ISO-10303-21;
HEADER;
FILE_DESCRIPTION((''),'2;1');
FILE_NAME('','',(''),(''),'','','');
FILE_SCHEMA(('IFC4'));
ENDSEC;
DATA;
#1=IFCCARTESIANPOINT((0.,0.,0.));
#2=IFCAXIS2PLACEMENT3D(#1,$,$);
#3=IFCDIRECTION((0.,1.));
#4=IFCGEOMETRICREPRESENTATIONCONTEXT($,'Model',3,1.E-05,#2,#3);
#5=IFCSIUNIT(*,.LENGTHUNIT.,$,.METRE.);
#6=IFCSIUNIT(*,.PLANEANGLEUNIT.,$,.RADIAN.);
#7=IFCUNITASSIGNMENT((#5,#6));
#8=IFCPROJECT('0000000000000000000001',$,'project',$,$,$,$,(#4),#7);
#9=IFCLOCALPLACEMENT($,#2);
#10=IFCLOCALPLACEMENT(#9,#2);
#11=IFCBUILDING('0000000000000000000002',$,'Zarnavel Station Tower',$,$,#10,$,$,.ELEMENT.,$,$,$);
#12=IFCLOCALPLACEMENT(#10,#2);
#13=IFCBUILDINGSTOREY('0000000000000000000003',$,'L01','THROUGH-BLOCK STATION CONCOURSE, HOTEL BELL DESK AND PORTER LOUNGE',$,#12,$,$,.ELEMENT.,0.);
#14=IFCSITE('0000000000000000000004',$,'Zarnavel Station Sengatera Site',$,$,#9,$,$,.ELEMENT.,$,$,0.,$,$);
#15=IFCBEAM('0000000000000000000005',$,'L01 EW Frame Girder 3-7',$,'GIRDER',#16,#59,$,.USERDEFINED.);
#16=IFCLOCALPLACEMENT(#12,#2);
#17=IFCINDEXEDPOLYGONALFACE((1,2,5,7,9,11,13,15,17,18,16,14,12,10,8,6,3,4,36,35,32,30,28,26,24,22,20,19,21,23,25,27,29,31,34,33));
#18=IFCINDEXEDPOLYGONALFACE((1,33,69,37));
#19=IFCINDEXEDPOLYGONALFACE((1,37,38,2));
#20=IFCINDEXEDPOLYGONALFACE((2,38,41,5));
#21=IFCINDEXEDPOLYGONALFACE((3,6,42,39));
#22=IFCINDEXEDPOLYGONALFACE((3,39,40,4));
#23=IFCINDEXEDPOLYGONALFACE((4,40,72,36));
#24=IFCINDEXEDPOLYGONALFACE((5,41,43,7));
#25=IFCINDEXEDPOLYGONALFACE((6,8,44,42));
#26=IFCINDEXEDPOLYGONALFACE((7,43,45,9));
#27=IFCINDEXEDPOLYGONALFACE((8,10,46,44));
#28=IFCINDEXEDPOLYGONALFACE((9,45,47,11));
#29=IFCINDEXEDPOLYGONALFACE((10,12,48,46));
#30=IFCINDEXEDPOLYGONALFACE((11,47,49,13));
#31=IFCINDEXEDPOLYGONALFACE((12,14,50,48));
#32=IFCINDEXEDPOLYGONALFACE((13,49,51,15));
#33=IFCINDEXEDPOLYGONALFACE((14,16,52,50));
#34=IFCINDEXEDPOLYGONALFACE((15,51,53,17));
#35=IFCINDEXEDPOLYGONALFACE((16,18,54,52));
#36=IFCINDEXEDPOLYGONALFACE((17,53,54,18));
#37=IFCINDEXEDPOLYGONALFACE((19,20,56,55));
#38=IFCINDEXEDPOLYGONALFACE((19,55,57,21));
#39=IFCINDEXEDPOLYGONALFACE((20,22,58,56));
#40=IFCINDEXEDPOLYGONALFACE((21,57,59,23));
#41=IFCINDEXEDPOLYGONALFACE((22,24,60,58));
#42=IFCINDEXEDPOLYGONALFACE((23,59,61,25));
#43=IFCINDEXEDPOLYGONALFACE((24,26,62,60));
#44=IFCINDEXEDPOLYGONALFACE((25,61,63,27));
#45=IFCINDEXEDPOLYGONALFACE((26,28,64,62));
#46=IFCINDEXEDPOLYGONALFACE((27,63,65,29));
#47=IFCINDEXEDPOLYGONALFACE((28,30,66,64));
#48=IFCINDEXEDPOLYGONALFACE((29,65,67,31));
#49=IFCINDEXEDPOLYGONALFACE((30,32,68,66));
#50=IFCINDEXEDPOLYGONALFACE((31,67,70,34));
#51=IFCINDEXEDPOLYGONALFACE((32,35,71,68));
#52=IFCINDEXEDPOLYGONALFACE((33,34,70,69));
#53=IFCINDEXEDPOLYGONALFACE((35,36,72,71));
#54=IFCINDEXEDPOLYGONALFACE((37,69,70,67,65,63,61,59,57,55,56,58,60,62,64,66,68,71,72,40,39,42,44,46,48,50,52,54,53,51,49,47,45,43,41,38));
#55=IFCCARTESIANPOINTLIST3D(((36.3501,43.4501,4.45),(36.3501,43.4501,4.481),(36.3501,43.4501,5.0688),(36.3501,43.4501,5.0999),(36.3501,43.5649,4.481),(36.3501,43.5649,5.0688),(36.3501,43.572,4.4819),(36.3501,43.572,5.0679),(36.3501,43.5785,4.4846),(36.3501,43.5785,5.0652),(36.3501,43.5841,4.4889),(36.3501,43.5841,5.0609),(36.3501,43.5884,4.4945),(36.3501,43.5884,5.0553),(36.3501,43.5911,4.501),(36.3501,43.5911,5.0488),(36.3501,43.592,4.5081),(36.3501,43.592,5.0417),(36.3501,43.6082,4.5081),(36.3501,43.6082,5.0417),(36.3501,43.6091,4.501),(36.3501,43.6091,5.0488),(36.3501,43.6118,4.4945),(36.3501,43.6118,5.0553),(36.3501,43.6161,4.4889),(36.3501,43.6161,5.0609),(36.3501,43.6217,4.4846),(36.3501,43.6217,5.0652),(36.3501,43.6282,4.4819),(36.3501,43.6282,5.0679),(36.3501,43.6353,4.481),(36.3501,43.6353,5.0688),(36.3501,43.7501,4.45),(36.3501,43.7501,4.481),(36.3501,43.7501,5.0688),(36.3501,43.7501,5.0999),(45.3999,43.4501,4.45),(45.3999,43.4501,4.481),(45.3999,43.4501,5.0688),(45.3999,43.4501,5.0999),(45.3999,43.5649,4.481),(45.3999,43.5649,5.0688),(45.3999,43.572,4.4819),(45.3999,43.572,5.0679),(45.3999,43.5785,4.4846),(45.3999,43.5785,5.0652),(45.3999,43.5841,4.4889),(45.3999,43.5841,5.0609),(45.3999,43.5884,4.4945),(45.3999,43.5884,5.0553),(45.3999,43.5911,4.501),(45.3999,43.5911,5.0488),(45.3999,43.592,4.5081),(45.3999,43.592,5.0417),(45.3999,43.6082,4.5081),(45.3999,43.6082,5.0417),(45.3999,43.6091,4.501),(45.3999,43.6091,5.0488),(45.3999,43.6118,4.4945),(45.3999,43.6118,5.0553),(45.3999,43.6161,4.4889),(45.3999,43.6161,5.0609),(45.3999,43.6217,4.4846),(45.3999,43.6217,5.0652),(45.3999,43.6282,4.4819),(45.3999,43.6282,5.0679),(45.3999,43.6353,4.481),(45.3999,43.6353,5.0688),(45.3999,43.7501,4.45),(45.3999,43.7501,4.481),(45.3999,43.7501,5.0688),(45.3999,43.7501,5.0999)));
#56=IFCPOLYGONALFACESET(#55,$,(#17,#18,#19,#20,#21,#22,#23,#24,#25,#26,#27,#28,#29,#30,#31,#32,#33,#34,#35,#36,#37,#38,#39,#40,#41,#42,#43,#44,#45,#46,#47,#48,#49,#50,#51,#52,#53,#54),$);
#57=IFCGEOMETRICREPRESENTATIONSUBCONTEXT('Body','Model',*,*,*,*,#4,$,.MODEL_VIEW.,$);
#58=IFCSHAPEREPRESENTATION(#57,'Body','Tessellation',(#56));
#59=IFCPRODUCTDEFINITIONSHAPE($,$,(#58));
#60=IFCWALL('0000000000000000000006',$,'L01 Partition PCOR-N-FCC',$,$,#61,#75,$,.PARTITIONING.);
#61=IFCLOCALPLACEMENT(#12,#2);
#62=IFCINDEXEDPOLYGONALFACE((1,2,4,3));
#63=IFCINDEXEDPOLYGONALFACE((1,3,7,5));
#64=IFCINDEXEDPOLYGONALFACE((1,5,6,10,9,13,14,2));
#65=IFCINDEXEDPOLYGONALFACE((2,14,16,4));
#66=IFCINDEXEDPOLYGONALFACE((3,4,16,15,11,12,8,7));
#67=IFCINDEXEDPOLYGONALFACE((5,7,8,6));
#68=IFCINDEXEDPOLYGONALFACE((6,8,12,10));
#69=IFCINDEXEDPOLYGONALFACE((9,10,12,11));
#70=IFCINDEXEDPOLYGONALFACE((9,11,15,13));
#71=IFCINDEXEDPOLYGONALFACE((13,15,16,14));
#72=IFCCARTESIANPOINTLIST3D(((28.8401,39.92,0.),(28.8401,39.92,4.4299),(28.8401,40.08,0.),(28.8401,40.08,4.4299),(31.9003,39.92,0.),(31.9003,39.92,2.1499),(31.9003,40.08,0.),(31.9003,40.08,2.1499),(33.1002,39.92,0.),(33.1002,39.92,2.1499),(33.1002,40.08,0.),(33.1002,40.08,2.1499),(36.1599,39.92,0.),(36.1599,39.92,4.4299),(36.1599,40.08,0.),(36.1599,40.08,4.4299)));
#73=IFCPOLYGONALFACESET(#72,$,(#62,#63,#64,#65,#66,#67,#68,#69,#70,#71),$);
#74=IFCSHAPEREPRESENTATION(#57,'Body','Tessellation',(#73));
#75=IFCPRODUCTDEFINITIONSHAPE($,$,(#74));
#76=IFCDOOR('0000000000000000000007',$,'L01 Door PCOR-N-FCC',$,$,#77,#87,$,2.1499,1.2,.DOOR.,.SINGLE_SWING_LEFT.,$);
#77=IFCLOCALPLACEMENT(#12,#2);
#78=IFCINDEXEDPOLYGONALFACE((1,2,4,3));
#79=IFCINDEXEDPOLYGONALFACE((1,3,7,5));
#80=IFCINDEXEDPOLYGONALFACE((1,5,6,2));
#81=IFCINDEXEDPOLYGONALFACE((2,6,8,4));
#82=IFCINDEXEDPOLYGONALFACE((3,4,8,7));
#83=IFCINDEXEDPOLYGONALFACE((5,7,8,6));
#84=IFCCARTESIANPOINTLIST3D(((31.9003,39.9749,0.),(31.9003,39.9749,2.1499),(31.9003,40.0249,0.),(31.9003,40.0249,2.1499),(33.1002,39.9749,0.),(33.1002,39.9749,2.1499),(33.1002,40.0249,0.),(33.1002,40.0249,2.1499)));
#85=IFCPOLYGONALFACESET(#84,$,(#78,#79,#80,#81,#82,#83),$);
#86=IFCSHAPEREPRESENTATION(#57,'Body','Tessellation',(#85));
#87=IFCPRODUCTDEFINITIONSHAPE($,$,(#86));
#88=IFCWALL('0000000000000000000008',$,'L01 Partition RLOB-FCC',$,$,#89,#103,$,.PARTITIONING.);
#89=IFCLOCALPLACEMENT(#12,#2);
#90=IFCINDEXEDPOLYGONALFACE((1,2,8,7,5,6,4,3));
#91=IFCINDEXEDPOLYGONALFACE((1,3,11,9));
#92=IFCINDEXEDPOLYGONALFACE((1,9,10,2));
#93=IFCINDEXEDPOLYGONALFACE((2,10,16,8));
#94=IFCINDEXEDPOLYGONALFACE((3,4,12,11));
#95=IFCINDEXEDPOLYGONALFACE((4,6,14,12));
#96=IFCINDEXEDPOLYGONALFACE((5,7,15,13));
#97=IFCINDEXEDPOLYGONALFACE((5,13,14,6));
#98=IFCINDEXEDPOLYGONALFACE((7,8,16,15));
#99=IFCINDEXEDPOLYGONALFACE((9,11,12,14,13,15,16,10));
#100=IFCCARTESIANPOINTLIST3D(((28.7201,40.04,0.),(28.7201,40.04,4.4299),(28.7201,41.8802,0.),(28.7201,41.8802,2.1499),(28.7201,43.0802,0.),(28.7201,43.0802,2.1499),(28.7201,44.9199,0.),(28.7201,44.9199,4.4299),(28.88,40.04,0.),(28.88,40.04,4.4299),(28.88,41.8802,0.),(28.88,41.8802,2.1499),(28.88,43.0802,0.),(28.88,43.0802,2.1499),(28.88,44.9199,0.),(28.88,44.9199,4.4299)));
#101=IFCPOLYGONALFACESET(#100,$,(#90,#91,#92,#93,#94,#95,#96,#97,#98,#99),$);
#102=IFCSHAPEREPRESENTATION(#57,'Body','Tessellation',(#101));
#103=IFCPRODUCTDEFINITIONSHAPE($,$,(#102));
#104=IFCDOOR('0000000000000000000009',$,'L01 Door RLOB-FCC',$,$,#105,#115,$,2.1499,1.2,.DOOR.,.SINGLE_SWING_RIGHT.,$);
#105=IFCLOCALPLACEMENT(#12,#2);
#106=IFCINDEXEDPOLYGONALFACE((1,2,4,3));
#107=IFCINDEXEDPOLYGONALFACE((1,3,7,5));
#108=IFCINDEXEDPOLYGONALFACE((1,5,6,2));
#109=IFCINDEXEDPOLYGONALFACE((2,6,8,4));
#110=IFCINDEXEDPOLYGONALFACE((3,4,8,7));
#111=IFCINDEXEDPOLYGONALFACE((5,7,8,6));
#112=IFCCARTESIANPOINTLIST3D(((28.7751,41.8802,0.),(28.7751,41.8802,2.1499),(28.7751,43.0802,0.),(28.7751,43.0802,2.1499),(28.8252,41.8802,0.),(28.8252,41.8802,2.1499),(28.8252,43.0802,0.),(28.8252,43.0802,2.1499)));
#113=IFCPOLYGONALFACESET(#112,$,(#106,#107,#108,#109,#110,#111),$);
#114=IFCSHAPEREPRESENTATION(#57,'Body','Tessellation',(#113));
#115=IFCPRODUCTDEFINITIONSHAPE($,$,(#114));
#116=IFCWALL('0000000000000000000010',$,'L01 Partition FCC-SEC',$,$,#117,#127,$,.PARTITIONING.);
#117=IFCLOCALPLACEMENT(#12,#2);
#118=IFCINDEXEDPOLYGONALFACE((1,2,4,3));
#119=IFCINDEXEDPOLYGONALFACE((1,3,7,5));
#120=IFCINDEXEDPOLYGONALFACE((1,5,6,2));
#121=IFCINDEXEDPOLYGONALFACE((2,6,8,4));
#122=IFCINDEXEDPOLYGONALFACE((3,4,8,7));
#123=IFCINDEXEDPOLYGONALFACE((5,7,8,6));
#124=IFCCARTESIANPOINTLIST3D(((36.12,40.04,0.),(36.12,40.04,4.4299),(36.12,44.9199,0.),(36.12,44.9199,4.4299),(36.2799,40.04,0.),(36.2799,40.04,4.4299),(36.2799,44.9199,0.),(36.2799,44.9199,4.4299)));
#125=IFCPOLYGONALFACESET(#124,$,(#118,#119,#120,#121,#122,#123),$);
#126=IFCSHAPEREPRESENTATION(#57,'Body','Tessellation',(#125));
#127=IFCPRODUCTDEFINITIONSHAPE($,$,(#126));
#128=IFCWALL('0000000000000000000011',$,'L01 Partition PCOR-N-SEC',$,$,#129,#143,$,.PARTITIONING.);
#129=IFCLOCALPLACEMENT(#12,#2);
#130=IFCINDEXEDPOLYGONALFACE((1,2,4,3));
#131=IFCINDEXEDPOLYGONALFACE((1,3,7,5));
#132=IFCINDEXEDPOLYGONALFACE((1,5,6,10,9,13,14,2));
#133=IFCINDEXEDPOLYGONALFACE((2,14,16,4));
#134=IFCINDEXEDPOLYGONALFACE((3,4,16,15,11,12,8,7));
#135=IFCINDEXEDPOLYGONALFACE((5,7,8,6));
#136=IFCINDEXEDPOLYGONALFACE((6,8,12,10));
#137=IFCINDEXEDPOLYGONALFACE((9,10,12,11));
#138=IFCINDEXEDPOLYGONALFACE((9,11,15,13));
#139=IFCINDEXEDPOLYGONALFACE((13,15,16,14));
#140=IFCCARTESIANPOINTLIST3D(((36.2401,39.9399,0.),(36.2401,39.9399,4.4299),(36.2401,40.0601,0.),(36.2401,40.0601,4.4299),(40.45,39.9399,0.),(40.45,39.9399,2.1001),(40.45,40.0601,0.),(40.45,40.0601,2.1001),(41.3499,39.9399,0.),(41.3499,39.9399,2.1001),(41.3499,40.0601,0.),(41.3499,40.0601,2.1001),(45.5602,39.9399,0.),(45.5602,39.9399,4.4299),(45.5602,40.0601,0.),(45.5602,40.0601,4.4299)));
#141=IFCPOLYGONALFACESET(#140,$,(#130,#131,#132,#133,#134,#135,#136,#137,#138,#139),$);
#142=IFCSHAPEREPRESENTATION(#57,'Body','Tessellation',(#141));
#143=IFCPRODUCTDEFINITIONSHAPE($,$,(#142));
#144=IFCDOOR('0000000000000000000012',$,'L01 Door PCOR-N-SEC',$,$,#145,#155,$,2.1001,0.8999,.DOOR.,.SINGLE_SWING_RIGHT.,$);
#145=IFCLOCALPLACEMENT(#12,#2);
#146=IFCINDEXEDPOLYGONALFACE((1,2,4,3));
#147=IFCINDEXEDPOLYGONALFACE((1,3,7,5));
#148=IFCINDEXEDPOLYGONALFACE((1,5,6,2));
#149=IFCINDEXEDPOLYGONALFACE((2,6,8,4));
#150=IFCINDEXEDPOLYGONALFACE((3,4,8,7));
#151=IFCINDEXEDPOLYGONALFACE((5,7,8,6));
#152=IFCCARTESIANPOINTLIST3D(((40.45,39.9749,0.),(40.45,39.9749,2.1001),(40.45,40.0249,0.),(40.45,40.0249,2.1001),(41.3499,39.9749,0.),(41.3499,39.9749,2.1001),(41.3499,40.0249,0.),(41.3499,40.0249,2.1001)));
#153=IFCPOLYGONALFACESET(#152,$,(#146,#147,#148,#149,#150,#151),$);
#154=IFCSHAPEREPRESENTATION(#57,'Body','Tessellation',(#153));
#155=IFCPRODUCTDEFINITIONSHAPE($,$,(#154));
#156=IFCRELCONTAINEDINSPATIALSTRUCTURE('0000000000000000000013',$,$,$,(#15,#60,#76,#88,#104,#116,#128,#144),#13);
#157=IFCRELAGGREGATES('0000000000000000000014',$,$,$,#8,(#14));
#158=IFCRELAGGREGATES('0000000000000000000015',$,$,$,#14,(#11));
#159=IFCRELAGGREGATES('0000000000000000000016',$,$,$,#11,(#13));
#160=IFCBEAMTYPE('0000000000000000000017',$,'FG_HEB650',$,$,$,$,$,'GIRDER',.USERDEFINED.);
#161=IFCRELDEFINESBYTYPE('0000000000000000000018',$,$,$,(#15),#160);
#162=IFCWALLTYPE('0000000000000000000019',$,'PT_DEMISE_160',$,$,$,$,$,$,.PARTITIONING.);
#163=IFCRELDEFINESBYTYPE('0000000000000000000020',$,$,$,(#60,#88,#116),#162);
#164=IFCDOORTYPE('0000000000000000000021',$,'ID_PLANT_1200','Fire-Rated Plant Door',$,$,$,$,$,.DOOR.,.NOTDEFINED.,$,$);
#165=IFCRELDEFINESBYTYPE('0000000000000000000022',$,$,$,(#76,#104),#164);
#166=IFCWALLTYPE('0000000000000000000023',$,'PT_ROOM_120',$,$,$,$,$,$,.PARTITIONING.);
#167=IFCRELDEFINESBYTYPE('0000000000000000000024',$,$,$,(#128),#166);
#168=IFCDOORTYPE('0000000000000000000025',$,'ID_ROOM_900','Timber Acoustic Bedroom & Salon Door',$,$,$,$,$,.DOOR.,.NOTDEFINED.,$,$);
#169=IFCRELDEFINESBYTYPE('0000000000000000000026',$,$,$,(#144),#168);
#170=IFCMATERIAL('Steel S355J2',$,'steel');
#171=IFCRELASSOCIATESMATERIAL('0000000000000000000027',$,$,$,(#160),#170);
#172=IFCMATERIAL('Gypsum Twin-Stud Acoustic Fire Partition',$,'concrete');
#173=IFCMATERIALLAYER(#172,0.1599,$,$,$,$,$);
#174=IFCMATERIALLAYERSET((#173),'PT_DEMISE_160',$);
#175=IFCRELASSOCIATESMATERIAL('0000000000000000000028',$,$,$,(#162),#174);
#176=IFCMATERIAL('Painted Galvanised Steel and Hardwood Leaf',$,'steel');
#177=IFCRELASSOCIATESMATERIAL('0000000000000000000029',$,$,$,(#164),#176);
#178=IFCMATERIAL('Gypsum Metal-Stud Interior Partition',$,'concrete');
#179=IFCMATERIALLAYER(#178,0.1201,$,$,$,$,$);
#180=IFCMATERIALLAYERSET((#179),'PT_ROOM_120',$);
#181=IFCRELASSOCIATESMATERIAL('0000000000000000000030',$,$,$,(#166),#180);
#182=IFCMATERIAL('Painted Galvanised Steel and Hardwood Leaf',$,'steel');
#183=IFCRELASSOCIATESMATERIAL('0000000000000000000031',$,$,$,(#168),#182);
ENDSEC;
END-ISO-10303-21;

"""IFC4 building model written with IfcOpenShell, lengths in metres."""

from ifc_helpers import new_model, si_unit, direction, frame, frame_2d, origin, origin_2d, place, context, subcontext, project, spatial, rectangle, i_section, extrude, material, layer, layer_set, material_profile, profile_set, type_object, element, fill, save


model = new_model("IFC4")

# Units and contexts
model_context = context("Model", 3, precision=1e-05, world=origin(), true_north=direction((0.0, 1.0)))
body_context = subcontext(model_context, "Body", "Model", "MODEL_VIEW")
ifc_project = project(units=[si_unit("LENGTHUNIT", "METRE"), si_unit("PLANEANGLEUNIT", "RADIAN")], contexts=[model_context])

# Site, building, storey
site_placement = place(None, origin())
site = spatial("IfcSite", under=ifc_project, at=site_placement, Name="Zarnavel Station Sengatera Site", CompositionType="ELEMENT", RefElevation=0.0)
building_placement = place(site_placement, origin())
building = spatial("IfcBuilding", under=site, at=building_placement, Name="Zarnavel Station Tower", CompositionType="ELEMENT")
storey_placement = place(building_placement, origin())
storey = spatial("IfcBuildingStorey", under=building, at=storey_placement, Name="L01", Description="THROUGH-BLOCK STATION CONCOURSE, HOTEL BELL DESK AND PORTER LOUNGE", CompositionType="ELEMENT", Elevation=0.0)

# Beam
ifc_material_1 = material(Name="Steel S355J2", Category="steel")
ifc_material_profile_1 = material_profile(ifc_material_1, i_section(OverallWidth=0.3, OverallDepth=0.6499, WebThickness=0.0161, FlangeThickness=0.031, FilletRadius=0.0271, at=origin_2d()), Name="HEB650")
ifc_profile_set_1 = profile_set([ifc_material_profile_1], Name="Steel S355J2")
beam_type_1 = type_object("IfcBeamType", Name="FG_HEB650", ElementType="GIRDER", PredefinedType="USERDEFINED", material=ifc_profile_set_1)
beam_1_placement = place(storey_placement, frame((36.3501, 43.6001, 4.7749), z_axis=(1.0, 0.0, 0.0), x_axis=(0.0, 1.0, 0.0)))
element("IfcBeam", 1, at=beam_1_placement, inside=storey, type_object=beam_type_1, Name="L01 EW Frame Girder 3-7", ObjectType="GIRDER", PredefinedType="USERDEFINED", context=body_context, shape_type="SweptSolid", body=[
    extrude(i_section(OverallWidth=0.3, OverallDepth=0.6499, WebThickness=0.0161, FlangeThickness=0.031, FilletRadius=0.0271, at=origin_2d()), origin(), (0.0, 0.0, 1.0), 9.0498),
])

# Walls, openings, doors
ifc_material_2 = material(Name="Gypsum Twin-Stud Acoustic Fire Partition", Category="concrete")
ifc_layer_1 = layer(ifc_material_2, 0.1599)
ifc_layer_set_1 = layer_set([ifc_layer_1], Name="PT_DEMISE_160")
wall_type_1 = type_object("IfcWallType", Name="PT_DEMISE_160", PredefinedType="PARTITIONING", material=ifc_layer_set_1)
wall_1_placement = place(storey_placement, frame((28.8401, 40.0, 0.0), z_axis=(0.0, 0.0, 1.0), x_axis=(1.0, 0.0, 0.0)))
wall_1 = element("IfcWall", 2, at=wall_1_placement, inside=storey, type_object=wall_type_1, Name="L01 Partition PCOR-N-FCC", PredefinedType="PARTITIONING", context=body_context, shape_type="SweptSolid", body=[
    extrude(rectangle(XDim=7.3198, YDim=0.1599, at=frame_2d((3.6599, 0.0))), origin(), (0.0, 0.0, 1.0), 4.4299),
])
opening_1_placement = place(wall_1_placement, frame((3.0601, 0.0, 0.0)))
opening_1 = element("IfcOpeningElement", 3, at=opening_1_placement, cuts=wall_1, PredefinedType="OPENING", context=body_context, shape_type="SweptSolid", body=[
    extrude(rectangle(XDim=1.2, YDim=2.1499, at=frame_2d((0.6001, 1.075))), frame((0.0, 0.0898, 0.0), z_axis=(0.0, -1.0, 0.0), x_axis=(1.0, 0.0, 0.0)), (0.0, 0.0, 1.0), 0.1799),
])
ifc_material_3 = material(Name="Painted Galvanised Steel and Hardwood Leaf", Category="steel")
door_type_1 = type_object("IfcDoorType", Name="ID_PLANT_1200", Description="Fire-Rated Plant Door", OperationType="NOTDEFINED", PredefinedType="DOOR", material=ifc_material_3)
door_1_placement = place(opening_1_placement, origin())
door_1 = element("IfcDoor", 4, at=door_1_placement, inside=storey, type_object=door_type_1, Name="L01 Door PCOR-N-FCC", OperationType="SINGLE_SWING_LEFT", OverallHeight=2.1499, OverallWidth=1.2, PredefinedType="DOOR", context=body_context, shape_type="SweptSolid", body=[
    extrude(rectangle(XDim=1.2, YDim=2.1499, at=frame_2d((0.6001, 1.075))), frame((0.0, 0.0249, 0.0), z_axis=(0.0, -1.0, 0.0), x_axis=(1.0, 0.0, 0.0)), (0.0, 0.0, 1.0), 0.05),
])
fill(opening_1, door_1)
wall_2_placement = place(storey_placement, frame((28.8, 40.04, 0.0), z_axis=(0.0, 0.0, 1.0), x_axis=(0.0, 1.0, 0.0)))
wall_2 = element("IfcWall", 5, at=wall_2_placement, inside=storey, type_object=wall_type_1, Name="L01 Partition RLOB-FCC", PredefinedType="PARTITIONING", context=body_context, shape_type="SweptSolid", body=[
    extrude(rectangle(XDim=4.8799, YDim=0.1599, at=frame_2d((2.4399, 0.0))), origin(), (0.0, 0.0, 1.0), 4.4299),
])
opening_2_placement = place(wall_2_placement, frame((1.8401, 0.0, 0.0)))
opening_2 = element("IfcOpeningElement", 6, at=opening_2_placement, cuts=wall_2, PredefinedType="OPENING", context=body_context, shape_type="SweptSolid", body=[
    extrude(rectangle(XDim=1.2, YDim=2.1499, at=frame_2d((0.6001, 1.075))), frame((0.0, 0.0898, 0.0), z_axis=(0.0, -1.0, 0.0), x_axis=(1.0, 0.0, 0.0)), (0.0, 0.0, 1.0), 0.1799),
])
door_2_placement = place(opening_2_placement, origin())
door_2 = element("IfcDoor", 7, at=door_2_placement, inside=storey, type_object=door_type_1, Name="L01 Door RLOB-FCC", OperationType="SINGLE_SWING_RIGHT", OverallHeight=2.1499, OverallWidth=1.2, PredefinedType="DOOR", context=body_context, shape_type="SweptSolid", body=[
    extrude(rectangle(XDim=1.2, YDim=2.1499, at=frame_2d((0.6001, 1.075))), frame((0.0, 0.0249, 0.0), z_axis=(0.0, -1.0, 0.0), x_axis=(1.0, 0.0, 0.0)), (0.0, 0.0, 1.0), 0.05),
])
fill(opening_2, door_2)

# Wall
wall_3_placement = place(storey_placement, frame((36.2, 40.04, 0.0), z_axis=(0.0, 0.0, 1.0), x_axis=(0.0, 1.0, 0.0)))
element("IfcWall", 8, at=wall_3_placement, inside=storey, type_object=wall_type_1, Name="L01 Partition FCC-SEC", PredefinedType="PARTITIONING", context=body_context, shape_type="SweptSolid", body=[
    extrude(rectangle(XDim=4.8799, YDim=0.1599, at=frame_2d((2.4399, 0.0))), origin(), (0.0, 0.0, 1.0), 4.4299),
])

# Wall, opening, door
ifc_material_4 = material(Name="Gypsum Metal-Stud Interior Partition", Category="concrete")
ifc_layer_2 = layer(ifc_material_4, 0.1201)
ifc_layer_set_2 = layer_set([ifc_layer_2], Name="PT_ROOM_120")
wall_type_2 = type_object("IfcWallType", Name="PT_ROOM_120", PredefinedType="PARTITIONING", material=ifc_layer_set_2)
wall_4_placement = place(storey_placement, frame((36.24, 40.0, 0.0), z_axis=(0.0, 0.0, 1.0), x_axis=(1.0, 0.0, 0.0)))
wall_4 = element("IfcWall", 9, at=wall_4_placement, inside=storey, type_object=wall_type_2, Name="L01 Partition PCOR-N-SEC", PredefinedType="PARTITIONING", context=body_context, shape_type="SweptSolid", body=[
    extrude(rectangle(XDim=9.3201, YDim=0.1201, at=frame_2d((4.6602, 0.0))), origin(), (0.0, 0.0, 1.0), 4.4299),
])
opening_3_placement = place(wall_4_placement, frame((4.21, 0.0, 0.0)))
opening_3 = element("IfcOpeningElement", 10, at=opening_3_placement, cuts=wall_4, PredefinedType="OPENING", context=body_context, shape_type="SweptSolid", body=[
    extrude(rectangle(XDim=0.8999, YDim=2.1001, at=frame_2d((0.45, 1.05))), frame((0.0, 0.0701, 0.0), z_axis=(0.0, -1.0, 0.0), x_axis=(1.0, 0.0, 0.0)), (0.0, 0.0, 1.0), 0.1401),
])
ifc_material_5 = material(Name="Painted Galvanised Steel and Hardwood Leaf", Category="steel")
door_type_2 = type_object("IfcDoorType", Name="ID_ROOM_900", Description="Timber Acoustic Bedroom & Salon Door", OperationType="NOTDEFINED", PredefinedType="DOOR", material=ifc_material_5)
door_3_placement = place(opening_3_placement, origin())
door_3 = element("IfcDoor", 11, at=door_3_placement, inside=storey, type_object=door_type_2, Name="L01 Door PCOR-N-SEC", OperationType="SINGLE_SWING_RIGHT", OverallHeight=2.1001, OverallWidth=0.8999, PredefinedType="DOOR", context=body_context, shape_type="SweptSolid", body=[
    extrude(rectangle(XDim=0.8999, YDim=2.1001, at=frame_2d((0.45, 1.05))), frame((0.0, 0.0249, 0.0), z_axis=(0.0, -1.0, 0.0), x_axis=(1.0, 0.0, 0.0)), (0.0, 0.0, 1.0), 0.05),
])
fill(opening_3, door_3)

save(model, "model.ifc")
